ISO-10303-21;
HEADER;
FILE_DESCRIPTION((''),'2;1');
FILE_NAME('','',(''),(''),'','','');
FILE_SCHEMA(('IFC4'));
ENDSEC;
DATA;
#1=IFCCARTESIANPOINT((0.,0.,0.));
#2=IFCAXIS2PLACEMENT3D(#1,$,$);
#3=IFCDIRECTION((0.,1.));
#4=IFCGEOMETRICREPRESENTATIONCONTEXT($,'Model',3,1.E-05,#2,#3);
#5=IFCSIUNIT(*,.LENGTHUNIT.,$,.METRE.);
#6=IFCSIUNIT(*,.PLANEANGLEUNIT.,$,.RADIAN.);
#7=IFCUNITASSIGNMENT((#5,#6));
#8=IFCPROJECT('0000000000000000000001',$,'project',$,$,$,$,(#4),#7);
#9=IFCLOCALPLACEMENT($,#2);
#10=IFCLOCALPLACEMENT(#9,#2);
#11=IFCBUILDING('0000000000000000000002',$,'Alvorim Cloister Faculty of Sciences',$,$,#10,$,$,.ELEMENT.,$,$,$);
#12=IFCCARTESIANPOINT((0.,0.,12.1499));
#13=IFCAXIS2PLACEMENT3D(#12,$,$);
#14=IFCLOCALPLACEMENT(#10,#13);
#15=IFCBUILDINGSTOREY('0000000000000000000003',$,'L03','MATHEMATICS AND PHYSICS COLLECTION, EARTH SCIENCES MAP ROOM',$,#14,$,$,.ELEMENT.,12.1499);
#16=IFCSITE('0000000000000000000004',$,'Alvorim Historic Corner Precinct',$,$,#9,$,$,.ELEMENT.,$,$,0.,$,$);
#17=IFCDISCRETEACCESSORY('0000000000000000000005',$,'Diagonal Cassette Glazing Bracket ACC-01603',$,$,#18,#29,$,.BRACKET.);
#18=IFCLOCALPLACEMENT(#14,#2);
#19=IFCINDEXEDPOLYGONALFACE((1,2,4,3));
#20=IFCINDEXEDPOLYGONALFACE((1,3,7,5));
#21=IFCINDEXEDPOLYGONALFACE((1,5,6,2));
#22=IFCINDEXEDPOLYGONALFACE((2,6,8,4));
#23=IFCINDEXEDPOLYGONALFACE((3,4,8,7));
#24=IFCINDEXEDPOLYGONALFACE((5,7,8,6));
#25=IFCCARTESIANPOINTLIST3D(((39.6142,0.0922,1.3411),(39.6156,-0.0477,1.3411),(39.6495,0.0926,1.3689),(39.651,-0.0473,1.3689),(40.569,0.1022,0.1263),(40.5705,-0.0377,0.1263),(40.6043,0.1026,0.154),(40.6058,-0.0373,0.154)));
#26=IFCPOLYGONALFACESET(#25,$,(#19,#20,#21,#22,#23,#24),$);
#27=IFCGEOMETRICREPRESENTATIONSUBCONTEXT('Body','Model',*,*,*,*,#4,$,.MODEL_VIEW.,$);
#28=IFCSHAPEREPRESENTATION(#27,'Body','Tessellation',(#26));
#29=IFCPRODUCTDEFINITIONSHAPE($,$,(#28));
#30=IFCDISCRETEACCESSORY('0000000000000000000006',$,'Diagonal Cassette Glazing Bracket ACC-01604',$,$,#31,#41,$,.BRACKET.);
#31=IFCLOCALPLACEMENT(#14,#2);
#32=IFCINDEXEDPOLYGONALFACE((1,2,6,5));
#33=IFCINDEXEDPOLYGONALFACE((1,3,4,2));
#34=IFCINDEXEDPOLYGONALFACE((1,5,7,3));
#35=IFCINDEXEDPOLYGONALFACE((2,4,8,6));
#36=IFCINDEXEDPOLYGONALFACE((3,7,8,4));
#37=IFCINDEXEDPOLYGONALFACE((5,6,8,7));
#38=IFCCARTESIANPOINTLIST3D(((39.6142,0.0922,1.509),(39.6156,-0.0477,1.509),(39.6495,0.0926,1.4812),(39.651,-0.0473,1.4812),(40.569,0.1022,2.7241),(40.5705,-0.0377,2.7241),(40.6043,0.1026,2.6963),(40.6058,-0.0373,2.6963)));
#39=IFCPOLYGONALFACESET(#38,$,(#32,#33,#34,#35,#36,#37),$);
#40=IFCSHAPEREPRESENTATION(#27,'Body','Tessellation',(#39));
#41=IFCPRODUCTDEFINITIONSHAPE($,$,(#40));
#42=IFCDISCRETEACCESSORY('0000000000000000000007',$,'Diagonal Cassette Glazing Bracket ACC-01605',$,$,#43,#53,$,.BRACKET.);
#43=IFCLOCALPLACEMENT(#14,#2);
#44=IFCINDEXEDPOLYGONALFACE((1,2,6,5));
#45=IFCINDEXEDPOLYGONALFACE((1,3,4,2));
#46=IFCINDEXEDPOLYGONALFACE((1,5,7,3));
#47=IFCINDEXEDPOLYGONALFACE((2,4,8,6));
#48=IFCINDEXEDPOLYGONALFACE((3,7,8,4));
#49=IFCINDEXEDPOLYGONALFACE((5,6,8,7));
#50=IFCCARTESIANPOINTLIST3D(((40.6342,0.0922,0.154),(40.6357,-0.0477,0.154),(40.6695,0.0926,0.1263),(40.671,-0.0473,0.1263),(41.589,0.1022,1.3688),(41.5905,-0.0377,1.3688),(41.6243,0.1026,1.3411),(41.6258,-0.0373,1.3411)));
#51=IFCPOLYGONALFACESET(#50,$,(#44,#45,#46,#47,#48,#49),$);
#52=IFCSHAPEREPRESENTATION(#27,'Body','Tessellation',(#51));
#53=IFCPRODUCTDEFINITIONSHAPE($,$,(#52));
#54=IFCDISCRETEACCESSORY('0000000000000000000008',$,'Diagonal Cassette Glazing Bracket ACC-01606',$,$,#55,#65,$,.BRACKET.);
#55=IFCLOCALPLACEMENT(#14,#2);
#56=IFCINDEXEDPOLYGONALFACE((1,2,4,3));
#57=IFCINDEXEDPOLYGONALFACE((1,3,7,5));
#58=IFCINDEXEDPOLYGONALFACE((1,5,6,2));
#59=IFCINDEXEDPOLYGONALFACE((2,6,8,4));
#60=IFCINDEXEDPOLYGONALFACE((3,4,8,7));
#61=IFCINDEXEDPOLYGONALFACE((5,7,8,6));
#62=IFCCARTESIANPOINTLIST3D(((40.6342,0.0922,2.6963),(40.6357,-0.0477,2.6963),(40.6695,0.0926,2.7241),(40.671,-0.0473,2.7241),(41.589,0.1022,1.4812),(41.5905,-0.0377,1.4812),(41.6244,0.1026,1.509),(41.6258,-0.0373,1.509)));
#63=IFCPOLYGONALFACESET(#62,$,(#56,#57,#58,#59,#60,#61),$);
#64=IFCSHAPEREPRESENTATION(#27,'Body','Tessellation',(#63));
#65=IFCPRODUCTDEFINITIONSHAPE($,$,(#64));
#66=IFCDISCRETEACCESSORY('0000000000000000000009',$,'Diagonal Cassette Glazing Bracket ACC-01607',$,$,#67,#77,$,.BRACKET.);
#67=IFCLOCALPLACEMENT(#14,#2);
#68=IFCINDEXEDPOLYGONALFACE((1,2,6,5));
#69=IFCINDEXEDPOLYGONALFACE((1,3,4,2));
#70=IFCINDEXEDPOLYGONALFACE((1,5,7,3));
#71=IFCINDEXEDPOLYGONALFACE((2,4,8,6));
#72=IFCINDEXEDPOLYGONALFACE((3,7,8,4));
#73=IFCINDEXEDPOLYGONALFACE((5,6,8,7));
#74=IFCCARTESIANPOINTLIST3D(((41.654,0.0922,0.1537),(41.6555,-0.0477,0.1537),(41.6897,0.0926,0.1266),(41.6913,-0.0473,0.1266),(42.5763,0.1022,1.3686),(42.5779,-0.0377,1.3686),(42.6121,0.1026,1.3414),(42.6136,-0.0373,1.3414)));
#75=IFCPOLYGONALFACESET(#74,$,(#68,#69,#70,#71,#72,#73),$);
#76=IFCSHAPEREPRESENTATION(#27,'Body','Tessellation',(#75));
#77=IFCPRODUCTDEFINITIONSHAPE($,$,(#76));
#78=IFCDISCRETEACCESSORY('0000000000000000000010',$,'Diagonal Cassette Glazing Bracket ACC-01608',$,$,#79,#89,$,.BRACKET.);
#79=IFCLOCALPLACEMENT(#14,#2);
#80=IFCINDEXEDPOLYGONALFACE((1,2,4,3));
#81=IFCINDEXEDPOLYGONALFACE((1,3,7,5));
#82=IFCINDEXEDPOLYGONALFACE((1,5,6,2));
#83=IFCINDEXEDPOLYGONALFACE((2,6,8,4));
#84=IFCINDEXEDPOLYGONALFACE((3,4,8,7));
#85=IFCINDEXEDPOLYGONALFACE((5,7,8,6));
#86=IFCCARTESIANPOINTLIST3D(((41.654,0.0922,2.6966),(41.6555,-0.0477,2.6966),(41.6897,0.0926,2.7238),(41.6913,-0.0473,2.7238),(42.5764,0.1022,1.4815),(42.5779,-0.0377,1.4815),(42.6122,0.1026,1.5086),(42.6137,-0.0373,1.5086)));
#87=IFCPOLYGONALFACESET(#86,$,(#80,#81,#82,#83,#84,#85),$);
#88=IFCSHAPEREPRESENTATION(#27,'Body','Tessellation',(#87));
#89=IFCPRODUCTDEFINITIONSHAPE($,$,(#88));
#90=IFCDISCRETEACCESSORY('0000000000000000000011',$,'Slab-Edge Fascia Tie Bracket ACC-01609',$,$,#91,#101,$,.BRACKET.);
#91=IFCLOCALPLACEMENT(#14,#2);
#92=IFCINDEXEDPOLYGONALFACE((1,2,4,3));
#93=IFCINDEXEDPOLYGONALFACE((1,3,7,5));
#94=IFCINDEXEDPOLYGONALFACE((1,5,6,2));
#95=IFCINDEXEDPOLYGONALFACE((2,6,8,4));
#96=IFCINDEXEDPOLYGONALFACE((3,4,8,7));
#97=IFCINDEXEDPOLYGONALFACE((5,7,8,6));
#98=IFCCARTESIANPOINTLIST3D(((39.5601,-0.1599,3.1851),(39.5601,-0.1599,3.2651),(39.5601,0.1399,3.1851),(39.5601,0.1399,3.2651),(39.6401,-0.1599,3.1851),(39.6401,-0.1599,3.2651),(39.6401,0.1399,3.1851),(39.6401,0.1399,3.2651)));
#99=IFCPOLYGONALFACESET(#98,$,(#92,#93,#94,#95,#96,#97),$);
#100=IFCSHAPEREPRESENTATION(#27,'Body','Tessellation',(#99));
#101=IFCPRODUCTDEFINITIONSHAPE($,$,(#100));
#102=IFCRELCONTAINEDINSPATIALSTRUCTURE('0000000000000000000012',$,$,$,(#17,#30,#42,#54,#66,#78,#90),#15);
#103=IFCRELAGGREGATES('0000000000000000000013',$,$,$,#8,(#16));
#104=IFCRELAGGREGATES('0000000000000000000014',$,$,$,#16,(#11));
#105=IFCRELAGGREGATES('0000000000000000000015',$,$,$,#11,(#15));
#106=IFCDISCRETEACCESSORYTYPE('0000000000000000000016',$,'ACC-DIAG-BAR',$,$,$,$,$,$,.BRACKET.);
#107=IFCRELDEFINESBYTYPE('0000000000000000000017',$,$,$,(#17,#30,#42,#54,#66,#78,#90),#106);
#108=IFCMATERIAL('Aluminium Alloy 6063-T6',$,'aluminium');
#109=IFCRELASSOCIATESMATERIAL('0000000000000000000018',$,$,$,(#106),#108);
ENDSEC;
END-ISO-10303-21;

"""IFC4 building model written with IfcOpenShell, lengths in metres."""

from ifc_helpers import new_model, si_unit, direction, frame, origin, origin_2d, place, context, subcontext, project, spatial, rectangle, extrude, material, type_object, element, save


model = new_model("IFC4")

# Units and contexts
model_context = context("Model", 3, precision=1e-05, world=origin(), true_north=direction((0.0, 1.0)))
body_context = subcontext(model_context, "Body", "Model", "MODEL_VIEW")
ifc_project = project(units=[si_unit("LENGTHUNIT", "METRE"), si_unit("PLANEANGLEUNIT", "RADIAN")], contexts=[model_context])

# Site, building, storey
site_placement = place(None, origin())
site = spatial("IfcSite", under=ifc_project, at=site_placement, Name="Alvorim Historic Corner Precinct", CompositionType="ELEMENT", RefElevation=0.0)
building_placement = place(site_placement, origin())
building = spatial("IfcBuilding", under=site, at=building_placement, Name="Alvorim Cloister Faculty of Sciences", CompositionType="ELEMENT")
storey_placement = place(building_placement, frame((0.0, 0.0, 12.1499)))
storey = spatial("IfcBuildingStorey", under=building, at=storey_placement, Name="L03", Description="MATHEMATICS AND PHYSICS COLLECTION, EARTH SCIENCES MAP ROOM", CompositionType="ELEMENT", Elevation=12.1499)

# Shared definitions
ifc_material_1 = material(Name="Aluminium Alloy 6063-T6", Category="aluminium")

# Discrete accessories
discrete_accessory_type = type_object("IfcDiscreteAccessoryType", Name="ACC-DIAG-BAR", PredefinedType="BRACKET", material=ifc_material_1)
discrete_accessory_1_placement = place(storey_placement, frame((39.6326, 0.0225, 1.355), z_axis=(0.617934, 0.006478, -0.786203), x_axis=(-0.010483, 0.999945, 0.0)))
element("IfcDiscreteAccessory", 1, at=discrete_accessory_1_placement, inside=storey, type_object=discrete_accessory_type, Name="Diagonal Cassette Glazing Bracket ACC-01603", PredefinedType="BRACKET", context=body_context, shape_type="SweptSolid", body=[
    extrude(rectangle(XDim=0.1399, YDim=0.0449, at=origin_2d()), origin(), (0.0, 0.0, 1.0), 1.5452),
])
discrete_accessory_2_placement = place(storey_placement, frame((39.6326, 0.0225, 1.4951), z_axis=(0.617857, 0.006477, 0.786263), x_axis=(-0.010483, 0.999945, 0.0)))
element("IfcDiscreteAccessory", 2, at=discrete_accessory_2_placement, inside=storey, type_object=discrete_accessory_type, Name="Diagonal Cassette Glazing Bracket ACC-01604", PredefinedType="BRACKET", context=body_context, shape_type="SweptSolid", body=[
    extrude(rectangle(XDim=0.1399, YDim=0.0449, at=origin_2d()), origin(), (0.0, 0.0, 1.0), 1.5454),
])
discrete_accessory_3_placement = place(storey_placement, frame((40.6526, 0.0225, 0.1401), z_axis=(0.617934, 0.006478, 0.786203), x_axis=(-0.010483, 0.999945, 0.0)))
element("IfcDiscreteAccessory", 3, at=discrete_accessory_3_placement, inside=storey, type_object=discrete_accessory_type, Name="Diagonal Cassette Glazing Bracket ACC-01605", PredefinedType="BRACKET", context=body_context, shape_type="SweptSolid", body=[
    extrude(rectangle(XDim=0.1399, YDim=0.0449, at=origin_2d()), origin(), (0.0, 0.0, 1.0), 1.5452),
])
discrete_accessory_4_placement = place(storey_placement, frame((40.6526, 0.0225, 2.7102), z_axis=(0.617857, 0.006477, -0.786263), x_axis=(-0.010483, 0.999945, 0.0)))
element("IfcDiscreteAccessory", 4, at=discrete_accessory_4_placement, inside=storey, type_object=discrete_accessory_type, Name="Diagonal Cassette Glazing Bracket ACC-01606", PredefinedType="BRACKET", context=body_context, shape_type="SweptSolid", body=[
    extrude(rectangle(XDim=0.1399, YDim=0.0449, at=origin_2d()), origin(), (0.0, 0.0, 1.0), 1.5454),
])
discrete_accessory_5_placement = place(storey_placement, frame((41.6726, 0.0225, 0.1401), z_axis=(0.604689, 0.006562, 0.796435), x_axis=(-0.010852, 0.999941, 0.0)))
element("IfcDiscreteAccessory", 5, at=discrete_accessory_5_placement, inside=storey, type_object=discrete_accessory_type, Name="Diagonal Cassette Glazing Bracket ACC-01607", PredefinedType="BRACKET", context=body_context, shape_type="SweptSolid", body=[
    extrude(rectangle(XDim=0.1399, YDim=0.0449, at=origin_2d()), origin(), (0.0, 0.0, 1.0), 1.5254),
])
discrete_accessory_6_placement = place(storey_placement, frame((41.6726, 0.0225, 2.7102), z_axis=(0.604612, 0.006561, -0.796493), x_axis=(-0.010852, 0.999941, 0.0)))
element("IfcDiscreteAccessory", 6, at=discrete_accessory_6_placement, inside=storey, type_object=discrete_accessory_type, Name="Diagonal Cassette Glazing Bracket ACC-01608", PredefinedType="BRACKET", context=body_context, shape_type="SweptSolid", body=[
    extrude(rectangle(XDim=0.1399, YDim=0.0449, at=origin_2d()), origin(), (0.0, 0.0, 1.0), 1.5256),
])
discrete_accessory_7_placement = place(storey_placement, frame((39.6001, 0.1399, 3.2251), z_axis=(0.0, -1.0, 0.0), x_axis=(1.0, 0.0, 0.0)))
element("IfcDiscreteAccessory", 7, at=discrete_accessory_7_placement, inside=storey, type_object=discrete_accessory_type, Name="Slab-Edge Fascia Tie Bracket ACC-01609", PredefinedType="BRACKET", context=body_context, shape_type="SweptSolid", body=[
    extrude(rectangle(XDim=0.0801, YDim=0.0801, at=origin_2d()), origin(), (0.0, 0.0, 1.0), 0.2998),
])

save(model, "model.ifc")
